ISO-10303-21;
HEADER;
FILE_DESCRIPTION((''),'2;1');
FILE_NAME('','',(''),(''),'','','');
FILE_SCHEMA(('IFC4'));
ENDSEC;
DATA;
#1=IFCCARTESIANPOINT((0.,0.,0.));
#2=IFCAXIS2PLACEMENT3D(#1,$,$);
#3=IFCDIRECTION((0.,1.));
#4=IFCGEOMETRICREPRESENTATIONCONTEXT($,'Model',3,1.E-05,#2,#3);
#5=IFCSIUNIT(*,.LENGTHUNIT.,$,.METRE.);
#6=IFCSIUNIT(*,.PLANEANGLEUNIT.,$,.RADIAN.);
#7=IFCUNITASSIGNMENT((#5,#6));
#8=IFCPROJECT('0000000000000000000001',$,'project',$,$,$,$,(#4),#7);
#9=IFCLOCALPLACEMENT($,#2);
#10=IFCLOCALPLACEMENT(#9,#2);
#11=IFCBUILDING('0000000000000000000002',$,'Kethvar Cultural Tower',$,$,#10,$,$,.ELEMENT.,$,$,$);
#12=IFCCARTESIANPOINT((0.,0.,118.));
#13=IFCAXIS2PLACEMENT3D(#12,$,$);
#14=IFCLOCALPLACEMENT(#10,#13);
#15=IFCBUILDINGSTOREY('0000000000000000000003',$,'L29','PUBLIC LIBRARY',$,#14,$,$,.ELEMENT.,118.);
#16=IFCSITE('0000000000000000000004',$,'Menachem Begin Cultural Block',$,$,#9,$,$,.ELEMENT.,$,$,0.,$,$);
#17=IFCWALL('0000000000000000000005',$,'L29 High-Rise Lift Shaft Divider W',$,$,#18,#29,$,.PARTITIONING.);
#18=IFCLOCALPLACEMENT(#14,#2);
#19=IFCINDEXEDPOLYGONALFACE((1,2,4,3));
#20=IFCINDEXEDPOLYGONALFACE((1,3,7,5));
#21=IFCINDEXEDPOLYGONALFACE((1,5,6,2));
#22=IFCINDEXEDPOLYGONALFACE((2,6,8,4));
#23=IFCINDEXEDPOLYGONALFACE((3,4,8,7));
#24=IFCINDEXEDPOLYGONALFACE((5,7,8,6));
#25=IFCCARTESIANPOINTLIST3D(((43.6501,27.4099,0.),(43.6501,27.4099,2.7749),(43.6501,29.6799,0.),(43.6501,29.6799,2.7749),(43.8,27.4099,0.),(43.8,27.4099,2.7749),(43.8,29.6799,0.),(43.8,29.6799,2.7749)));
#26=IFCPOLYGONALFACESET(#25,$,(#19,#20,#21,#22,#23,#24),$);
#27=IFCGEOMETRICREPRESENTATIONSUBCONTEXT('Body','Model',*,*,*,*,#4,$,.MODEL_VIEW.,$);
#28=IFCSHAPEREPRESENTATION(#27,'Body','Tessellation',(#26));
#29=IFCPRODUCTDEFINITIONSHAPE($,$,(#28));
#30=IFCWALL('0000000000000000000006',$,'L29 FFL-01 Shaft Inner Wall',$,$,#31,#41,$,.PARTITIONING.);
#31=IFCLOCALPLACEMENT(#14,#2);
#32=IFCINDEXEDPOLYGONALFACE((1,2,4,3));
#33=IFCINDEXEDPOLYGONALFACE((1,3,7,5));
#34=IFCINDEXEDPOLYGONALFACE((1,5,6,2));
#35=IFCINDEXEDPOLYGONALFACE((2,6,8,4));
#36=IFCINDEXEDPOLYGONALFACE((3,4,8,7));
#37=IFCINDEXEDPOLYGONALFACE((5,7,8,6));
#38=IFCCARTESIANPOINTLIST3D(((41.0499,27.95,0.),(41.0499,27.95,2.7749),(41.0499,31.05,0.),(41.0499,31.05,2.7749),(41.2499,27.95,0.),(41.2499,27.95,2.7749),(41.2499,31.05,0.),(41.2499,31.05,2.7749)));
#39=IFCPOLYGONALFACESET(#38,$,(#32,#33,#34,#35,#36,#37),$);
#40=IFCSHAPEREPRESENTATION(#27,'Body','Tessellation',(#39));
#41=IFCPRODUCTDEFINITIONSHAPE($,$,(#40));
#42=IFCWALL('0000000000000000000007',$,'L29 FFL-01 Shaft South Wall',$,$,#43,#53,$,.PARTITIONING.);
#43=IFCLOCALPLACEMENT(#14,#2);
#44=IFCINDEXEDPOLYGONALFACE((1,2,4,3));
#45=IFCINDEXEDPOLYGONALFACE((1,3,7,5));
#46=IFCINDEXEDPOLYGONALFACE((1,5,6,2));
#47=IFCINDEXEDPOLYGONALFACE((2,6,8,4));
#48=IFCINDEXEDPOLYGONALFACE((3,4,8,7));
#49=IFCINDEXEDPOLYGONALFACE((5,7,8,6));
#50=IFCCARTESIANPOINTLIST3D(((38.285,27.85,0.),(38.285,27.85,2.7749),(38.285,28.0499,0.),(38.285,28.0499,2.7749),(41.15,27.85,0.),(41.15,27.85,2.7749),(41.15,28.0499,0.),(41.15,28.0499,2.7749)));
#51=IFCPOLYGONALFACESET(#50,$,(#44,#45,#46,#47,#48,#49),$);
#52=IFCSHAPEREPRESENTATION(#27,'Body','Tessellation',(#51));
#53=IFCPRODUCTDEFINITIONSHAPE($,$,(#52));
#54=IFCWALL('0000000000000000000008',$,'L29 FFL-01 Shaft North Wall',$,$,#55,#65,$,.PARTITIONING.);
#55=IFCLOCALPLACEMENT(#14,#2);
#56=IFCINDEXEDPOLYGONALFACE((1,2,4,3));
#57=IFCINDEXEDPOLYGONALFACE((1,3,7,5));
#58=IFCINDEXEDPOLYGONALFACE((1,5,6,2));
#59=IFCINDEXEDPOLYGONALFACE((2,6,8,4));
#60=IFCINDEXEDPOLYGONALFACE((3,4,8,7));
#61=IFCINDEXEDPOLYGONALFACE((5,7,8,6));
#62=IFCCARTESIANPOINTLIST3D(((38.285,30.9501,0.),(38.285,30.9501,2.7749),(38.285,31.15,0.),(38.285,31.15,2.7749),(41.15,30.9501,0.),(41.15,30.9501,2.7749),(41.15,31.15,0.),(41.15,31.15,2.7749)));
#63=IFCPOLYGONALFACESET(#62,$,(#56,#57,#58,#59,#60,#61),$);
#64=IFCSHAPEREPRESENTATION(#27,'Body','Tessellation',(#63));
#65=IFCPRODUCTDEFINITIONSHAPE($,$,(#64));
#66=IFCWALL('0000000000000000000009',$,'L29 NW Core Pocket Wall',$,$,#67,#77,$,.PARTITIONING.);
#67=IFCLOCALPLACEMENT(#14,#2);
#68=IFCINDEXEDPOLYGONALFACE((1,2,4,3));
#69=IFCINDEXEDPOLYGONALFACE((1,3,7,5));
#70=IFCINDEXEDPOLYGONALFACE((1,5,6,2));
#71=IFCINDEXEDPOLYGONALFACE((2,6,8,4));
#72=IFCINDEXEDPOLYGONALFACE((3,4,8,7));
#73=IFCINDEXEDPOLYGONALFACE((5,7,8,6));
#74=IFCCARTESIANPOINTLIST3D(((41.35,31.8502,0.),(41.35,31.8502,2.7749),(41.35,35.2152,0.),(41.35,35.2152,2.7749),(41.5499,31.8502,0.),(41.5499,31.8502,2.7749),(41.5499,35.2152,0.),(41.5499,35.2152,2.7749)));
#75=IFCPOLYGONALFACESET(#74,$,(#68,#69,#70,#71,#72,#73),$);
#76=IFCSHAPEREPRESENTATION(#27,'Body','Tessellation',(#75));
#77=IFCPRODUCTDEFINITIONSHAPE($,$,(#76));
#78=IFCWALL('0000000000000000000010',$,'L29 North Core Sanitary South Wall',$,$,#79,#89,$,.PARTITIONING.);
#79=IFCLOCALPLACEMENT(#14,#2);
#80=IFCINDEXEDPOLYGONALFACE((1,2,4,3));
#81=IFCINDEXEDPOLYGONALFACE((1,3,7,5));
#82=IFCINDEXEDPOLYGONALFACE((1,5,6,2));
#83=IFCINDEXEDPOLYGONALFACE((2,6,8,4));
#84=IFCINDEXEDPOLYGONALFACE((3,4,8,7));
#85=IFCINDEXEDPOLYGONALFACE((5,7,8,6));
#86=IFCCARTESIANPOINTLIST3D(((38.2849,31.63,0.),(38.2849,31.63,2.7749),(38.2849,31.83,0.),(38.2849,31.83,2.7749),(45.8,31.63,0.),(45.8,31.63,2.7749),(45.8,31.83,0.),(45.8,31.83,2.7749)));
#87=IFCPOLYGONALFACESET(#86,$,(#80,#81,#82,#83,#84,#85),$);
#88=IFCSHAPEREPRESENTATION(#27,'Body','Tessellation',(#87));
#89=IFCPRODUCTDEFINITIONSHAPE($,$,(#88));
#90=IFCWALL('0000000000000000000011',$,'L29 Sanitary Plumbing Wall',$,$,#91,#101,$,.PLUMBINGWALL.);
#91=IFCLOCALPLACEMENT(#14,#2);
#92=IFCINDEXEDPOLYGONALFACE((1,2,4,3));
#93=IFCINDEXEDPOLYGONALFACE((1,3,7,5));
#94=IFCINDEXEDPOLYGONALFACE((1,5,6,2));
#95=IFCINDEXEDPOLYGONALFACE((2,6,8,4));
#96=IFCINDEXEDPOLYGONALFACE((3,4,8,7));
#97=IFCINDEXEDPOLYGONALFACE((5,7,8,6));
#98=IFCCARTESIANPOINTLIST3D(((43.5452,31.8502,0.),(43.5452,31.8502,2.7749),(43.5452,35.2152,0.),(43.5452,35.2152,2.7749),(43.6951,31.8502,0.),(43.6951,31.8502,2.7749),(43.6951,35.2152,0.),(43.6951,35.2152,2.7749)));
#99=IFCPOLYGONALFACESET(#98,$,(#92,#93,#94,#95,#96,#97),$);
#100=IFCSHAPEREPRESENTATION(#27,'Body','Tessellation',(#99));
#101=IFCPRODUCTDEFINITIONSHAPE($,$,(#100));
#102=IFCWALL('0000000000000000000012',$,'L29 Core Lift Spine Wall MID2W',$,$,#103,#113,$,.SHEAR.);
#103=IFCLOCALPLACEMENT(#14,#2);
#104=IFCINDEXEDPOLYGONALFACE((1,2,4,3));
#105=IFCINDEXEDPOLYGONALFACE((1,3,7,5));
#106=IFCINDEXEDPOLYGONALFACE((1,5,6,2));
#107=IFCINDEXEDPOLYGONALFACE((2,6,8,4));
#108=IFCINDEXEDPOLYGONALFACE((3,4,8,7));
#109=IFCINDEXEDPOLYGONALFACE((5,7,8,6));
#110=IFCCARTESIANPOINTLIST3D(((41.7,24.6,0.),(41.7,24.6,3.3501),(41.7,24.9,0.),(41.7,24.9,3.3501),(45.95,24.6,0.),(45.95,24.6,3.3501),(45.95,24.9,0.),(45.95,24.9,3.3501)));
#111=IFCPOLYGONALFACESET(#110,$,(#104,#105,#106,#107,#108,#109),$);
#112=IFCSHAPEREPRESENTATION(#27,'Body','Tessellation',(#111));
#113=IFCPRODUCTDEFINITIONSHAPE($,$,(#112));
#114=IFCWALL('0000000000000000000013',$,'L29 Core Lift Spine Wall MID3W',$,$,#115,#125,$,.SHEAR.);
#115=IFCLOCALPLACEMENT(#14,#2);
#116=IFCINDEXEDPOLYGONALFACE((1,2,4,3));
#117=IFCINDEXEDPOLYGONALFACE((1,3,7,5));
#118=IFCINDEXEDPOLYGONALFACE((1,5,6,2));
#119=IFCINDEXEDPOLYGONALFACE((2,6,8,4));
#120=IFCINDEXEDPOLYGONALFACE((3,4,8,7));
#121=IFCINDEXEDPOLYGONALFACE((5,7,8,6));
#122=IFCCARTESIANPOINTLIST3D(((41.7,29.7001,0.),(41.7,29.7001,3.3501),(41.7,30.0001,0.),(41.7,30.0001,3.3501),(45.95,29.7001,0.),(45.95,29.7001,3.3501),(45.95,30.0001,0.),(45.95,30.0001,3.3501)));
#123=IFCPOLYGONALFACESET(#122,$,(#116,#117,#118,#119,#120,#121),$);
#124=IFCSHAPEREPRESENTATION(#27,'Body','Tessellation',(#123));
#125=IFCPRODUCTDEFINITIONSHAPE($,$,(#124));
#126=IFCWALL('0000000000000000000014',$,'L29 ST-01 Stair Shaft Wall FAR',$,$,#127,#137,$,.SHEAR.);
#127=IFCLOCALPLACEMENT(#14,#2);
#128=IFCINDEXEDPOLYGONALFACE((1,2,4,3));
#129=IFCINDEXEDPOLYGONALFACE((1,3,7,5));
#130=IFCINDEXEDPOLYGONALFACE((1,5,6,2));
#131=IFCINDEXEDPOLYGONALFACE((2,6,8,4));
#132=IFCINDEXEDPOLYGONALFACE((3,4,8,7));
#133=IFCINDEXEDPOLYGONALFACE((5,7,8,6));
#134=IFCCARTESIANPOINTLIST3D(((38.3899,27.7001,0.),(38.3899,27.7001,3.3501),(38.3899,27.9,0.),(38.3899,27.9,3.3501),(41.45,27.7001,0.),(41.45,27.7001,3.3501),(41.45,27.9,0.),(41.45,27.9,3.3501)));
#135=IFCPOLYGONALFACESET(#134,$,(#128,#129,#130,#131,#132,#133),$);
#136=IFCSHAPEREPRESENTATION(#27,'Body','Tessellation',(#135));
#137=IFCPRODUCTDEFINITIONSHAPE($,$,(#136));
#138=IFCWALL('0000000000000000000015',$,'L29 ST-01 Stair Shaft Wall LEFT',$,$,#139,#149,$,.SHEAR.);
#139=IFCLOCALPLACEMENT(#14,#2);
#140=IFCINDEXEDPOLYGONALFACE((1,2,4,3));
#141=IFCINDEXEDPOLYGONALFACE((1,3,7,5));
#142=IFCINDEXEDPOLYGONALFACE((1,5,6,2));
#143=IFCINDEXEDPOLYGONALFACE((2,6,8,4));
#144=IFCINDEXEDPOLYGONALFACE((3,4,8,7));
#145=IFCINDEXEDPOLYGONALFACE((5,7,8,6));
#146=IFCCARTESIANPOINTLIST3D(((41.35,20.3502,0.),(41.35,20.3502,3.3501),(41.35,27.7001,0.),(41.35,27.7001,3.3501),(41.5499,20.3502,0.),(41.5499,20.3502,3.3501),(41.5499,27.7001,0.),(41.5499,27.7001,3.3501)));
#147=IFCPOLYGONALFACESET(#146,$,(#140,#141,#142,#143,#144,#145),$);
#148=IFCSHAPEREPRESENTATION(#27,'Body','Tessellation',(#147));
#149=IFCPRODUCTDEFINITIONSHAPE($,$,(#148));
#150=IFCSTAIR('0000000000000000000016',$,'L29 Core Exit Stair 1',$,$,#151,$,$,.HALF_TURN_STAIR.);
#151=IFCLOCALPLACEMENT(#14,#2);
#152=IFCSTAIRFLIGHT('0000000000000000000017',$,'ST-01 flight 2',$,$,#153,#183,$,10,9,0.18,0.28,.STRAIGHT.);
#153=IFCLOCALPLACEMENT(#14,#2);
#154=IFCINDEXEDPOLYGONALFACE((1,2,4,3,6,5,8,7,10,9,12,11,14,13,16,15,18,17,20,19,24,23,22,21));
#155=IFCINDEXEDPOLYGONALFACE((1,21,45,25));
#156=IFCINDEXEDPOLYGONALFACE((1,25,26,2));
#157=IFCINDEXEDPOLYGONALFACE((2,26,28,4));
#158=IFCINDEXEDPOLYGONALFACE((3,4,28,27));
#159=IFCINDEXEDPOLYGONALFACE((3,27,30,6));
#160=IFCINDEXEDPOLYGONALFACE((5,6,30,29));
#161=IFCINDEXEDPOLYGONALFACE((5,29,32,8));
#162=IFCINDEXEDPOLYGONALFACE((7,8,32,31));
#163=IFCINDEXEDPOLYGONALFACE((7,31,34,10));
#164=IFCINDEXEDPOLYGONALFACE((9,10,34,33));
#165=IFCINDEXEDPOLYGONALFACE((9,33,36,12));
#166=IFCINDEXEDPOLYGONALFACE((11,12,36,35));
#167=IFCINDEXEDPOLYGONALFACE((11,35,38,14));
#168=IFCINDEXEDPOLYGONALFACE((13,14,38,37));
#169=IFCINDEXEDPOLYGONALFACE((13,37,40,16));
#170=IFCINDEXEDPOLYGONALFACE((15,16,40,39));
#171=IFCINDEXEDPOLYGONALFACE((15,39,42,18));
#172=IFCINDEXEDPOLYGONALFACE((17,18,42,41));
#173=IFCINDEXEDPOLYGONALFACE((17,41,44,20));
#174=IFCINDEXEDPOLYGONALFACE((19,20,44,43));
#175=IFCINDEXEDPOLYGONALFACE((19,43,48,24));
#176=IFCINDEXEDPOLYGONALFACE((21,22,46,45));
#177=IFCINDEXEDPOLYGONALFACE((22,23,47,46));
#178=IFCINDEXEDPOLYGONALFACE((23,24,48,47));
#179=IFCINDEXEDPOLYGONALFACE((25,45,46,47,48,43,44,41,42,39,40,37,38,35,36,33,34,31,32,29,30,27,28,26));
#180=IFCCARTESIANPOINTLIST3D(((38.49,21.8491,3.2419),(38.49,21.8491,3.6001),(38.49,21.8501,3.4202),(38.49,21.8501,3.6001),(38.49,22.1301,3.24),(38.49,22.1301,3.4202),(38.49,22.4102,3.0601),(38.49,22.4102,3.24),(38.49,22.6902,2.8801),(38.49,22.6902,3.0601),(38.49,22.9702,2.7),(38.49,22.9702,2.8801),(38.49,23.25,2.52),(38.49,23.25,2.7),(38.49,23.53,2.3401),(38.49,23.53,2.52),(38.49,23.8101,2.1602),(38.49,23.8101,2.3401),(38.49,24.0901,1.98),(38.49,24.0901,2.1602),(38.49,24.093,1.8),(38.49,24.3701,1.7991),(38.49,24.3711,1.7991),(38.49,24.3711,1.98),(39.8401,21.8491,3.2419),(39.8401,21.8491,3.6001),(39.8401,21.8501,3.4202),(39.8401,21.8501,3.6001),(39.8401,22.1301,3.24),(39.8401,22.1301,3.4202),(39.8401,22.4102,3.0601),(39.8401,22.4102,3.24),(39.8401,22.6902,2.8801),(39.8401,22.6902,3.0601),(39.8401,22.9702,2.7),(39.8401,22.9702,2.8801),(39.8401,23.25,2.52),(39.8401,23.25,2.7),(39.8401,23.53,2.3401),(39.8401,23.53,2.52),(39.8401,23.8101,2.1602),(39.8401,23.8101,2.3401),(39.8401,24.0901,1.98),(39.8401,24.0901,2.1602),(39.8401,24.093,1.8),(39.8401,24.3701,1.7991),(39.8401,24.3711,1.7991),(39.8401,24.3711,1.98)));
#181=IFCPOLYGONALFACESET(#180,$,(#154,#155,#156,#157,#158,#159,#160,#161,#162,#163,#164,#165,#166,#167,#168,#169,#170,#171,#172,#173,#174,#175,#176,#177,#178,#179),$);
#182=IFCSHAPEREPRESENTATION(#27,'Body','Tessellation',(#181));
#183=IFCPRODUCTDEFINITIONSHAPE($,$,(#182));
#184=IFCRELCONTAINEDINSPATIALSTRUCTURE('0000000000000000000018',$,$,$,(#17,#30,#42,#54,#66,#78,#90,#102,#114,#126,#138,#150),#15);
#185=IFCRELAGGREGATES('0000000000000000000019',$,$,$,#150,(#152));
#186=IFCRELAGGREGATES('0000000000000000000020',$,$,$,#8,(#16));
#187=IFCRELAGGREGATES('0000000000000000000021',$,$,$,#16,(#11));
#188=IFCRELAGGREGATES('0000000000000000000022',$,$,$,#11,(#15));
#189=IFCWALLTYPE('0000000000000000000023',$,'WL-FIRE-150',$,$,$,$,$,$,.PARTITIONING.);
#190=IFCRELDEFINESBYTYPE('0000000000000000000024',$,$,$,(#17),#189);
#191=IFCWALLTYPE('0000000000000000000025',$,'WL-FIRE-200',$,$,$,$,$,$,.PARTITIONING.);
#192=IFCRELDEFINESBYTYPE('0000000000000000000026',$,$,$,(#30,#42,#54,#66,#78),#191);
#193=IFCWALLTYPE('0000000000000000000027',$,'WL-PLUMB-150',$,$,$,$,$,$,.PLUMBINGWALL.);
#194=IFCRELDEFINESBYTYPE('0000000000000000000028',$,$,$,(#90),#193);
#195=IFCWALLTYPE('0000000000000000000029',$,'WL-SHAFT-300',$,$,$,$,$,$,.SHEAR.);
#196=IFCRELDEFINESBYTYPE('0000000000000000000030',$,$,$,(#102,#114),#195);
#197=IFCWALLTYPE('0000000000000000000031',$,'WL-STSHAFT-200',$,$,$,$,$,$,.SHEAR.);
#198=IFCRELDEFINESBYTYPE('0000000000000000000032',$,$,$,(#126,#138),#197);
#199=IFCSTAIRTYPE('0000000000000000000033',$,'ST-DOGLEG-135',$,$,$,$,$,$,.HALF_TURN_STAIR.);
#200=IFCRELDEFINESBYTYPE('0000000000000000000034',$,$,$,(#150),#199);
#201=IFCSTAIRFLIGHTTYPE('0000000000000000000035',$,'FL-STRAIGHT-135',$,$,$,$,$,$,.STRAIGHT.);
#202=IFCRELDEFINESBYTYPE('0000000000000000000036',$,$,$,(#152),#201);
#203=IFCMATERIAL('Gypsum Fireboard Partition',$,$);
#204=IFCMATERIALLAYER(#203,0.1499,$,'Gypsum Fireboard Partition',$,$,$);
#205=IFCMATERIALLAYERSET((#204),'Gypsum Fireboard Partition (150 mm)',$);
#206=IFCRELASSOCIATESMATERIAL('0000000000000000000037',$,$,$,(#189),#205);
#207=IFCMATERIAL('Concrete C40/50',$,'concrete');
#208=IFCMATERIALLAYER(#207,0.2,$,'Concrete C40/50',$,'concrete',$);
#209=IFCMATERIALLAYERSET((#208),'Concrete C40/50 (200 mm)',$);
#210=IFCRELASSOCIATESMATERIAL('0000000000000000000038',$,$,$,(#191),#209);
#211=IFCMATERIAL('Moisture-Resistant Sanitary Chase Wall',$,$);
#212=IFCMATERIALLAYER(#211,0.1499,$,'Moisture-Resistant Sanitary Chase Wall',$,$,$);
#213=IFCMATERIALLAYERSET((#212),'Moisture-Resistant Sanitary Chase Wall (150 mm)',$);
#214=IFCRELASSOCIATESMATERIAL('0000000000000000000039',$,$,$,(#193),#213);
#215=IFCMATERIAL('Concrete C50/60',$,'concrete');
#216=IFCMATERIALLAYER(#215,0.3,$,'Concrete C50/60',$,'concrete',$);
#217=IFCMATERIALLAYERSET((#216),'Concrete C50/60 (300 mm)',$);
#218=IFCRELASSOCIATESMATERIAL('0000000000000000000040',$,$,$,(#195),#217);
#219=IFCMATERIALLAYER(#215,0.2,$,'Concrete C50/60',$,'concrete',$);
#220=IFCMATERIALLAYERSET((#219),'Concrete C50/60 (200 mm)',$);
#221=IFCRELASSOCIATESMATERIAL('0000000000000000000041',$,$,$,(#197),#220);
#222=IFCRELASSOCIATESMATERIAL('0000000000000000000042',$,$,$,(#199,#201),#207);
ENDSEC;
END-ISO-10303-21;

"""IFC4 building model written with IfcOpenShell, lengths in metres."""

from ifc_helpers import new_model, si_unit, direction, frame, frame_2d, origin, place, context, subcontext, project, spatial, polyline, rectangle, outline, extrude, material, layer, layer_set, type_object, element, aggregate, save


model = new_model("IFC4")

# Units and contexts
model_context = context("Model", 3, precision=1e-05, world=origin(), true_north=direction((0.0, 1.0)))
body_context = subcontext(model_context, "Body", "Model", "MODEL_VIEW")
ifc_project = project(units=[si_unit("LENGTHUNIT", "METRE"), si_unit("PLANEANGLEUNIT", "RADIAN")], contexts=[model_context])

# Site, building, storey
site_placement = place(None, origin())
site = spatial("IfcSite", under=ifc_project, at=site_placement, Name="Menachem Begin Cultural Block", CompositionType="ELEMENT", RefElevation=0.0)
building_placement = place(site_placement, origin())
building = spatial("IfcBuilding", under=site, at=building_placement, Name="Kethvar Cultural Tower", CompositionType="ELEMENT")
storey_placement = place(building_placement, frame((0.0, 0.0, 118.0)))
storey = spatial("IfcBuildingStorey", under=building, at=storey_placement, Name="L29", Description="PUBLIC LIBRARY", CompositionType="ELEMENT", Elevation=118.0)

# Walls
ifc_material_1 = material(Name="Gypsum Fireboard Partition")
ifc_layer_1 = layer(ifc_material_1, 0.1499, Name="Gypsum Fireboard Partition")
ifc_layer_set_1 = layer_set([ifc_layer_1], Name="Gypsum Fireboard Partition (150 mm)")
wall_type_1 = type_object("IfcWallType", Name="WL-FIRE-150", PredefinedType="PARTITIONING", material=ifc_layer_set_1)
for number, where, z_axis, x_axis, name in (
    (1, (43.7251, 27.4099, 0.0), (0.0, 0.0, 1.0), (0.0, 1.0, 0.0), "L29 High-Rise Lift Shaft Divider W"),
):
    element("IfcWall", number, at=place(storey_placement, frame(where, z_axis=z_axis, x_axis=x_axis)), inside=storey, type_object=wall_type_1, Name=name, PredefinedType="PARTITIONING", context=body_context, shape_type="SweptSolid", body=[
        extrude(rectangle(XDim=2.27, YDim=0.1499, at=frame_2d((1.135, 0.0))), origin(), (0.0, 0.0, 1.0), 2.7749),
    ])
ifc_material_2 = material(Name="Concrete C40/50", Category="concrete")
ifc_layer_2 = layer(ifc_material_2, 0.2, Name="Concrete C40/50", Category="concrete")
ifc_layer_set_2 = layer_set([ifc_layer_2], Name="Concrete C40/50 (200 mm)")
wall_type_2 = type_object("IfcWallType", Name="WL-FIRE-200", PredefinedType="PARTITIONING", material=ifc_layer_set_2)
wall_1_placement = place(storey_placement, frame((41.1499, 27.95, 0.0), z_axis=(0.0, 0.0, 1.0), x_axis=(0.0, 1.0, 0.0)))
element("IfcWall", 2, at=wall_1_placement, inside=storey, type_object=wall_type_2, Name="L29 FFL-01 Shaft Inner Wall", PredefinedType="PARTITIONING", context=body_context, shape_type="SweptSolid", body=[
    extrude(rectangle(XDim=3.1001, YDim=0.2, at=frame_2d((1.55, 0.0))), origin(), (0.0, 0.0, 1.0), 2.7749),
])
for number, where, z_axis, x_axis, name in (
    (3, (38.2849, 27.95, 0.0), (0.0, 0.0, 1.0), (1.0, 0.0, 0.0), "L29 FFL-01 Shaft South Wall"),
    (4, (38.2849, 31.05, 0.0), (0.0, 0.0, 1.0), (1.0, 0.0, 0.0), "L29 FFL-01 Shaft North Wall"),
):
    element("IfcWall", number, at=place(storey_placement, frame(where, z_axis=z_axis, x_axis=x_axis)), inside=storey, type_object=wall_type_2, Name=name, PredefinedType="PARTITIONING", context=body_context, shape_type="SweptSolid", body=[
        extrude(rectangle(XDim=2.865, YDim=0.2, at=frame_2d((1.4326, 0.0))), origin(), (0.0, 0.0, 1.0), 2.7749),
    ])
wall_2_placement = place(storey_placement, frame((41.45, 31.8501, 0.0), z_axis=(0.0, 0.0, 1.0), x_axis=(0.0, 1.0, 0.0)))
element("IfcWall", 5, at=wall_2_placement, inside=storey, type_object=wall_type_2, Name="L29 NW Core Pocket Wall", PredefinedType="PARTITIONING", context=body_context, shape_type="SweptSolid", body=[
    extrude(rectangle(XDim=3.365, YDim=0.2, at=frame_2d((1.6826, 0.0))), origin(), (0.0, 0.0, 1.0), 2.7749),
])
wall_3_placement = place(storey_placement, frame((38.2849, 31.73, 0.0), z_axis=(0.0, 0.0, 1.0), x_axis=(1.0, 0.0, 0.0)))
element("IfcWall", 6, at=wall_3_placement, inside=storey, type_object=wall_type_2, Name="L29 North Core Sanitary South Wall", PredefinedType="PARTITIONING", context=body_context, shape_type="SweptSolid", body=[
    extrude(rectangle(XDim=7.5151, YDim=0.2, at=frame_2d((3.7576, 0.0))), origin(), (0.0, 0.0, 1.0), 2.7749),
])
ifc_material_3 = material(Name="Moisture-Resistant Sanitary Chase Wall")
ifc_layer_3 = layer(ifc_material_3, 0.1499, Name="Moisture-Resistant Sanitary Chase Wall")
ifc_layer_set_3 = layer_set([ifc_layer_3], Name="Moisture-Resistant Sanitary Chase Wall (150 mm)")
wall_type_3 = type_object("IfcWallType", Name="WL-PLUMB-150", PredefinedType="PLUMBINGWALL", material=ifc_layer_set_3)
wall_4_placement = place(storey_placement, frame((43.6201, 31.8501, 0.0), z_axis=(0.0, 0.0, 1.0), x_axis=(0.0, 1.0, 0.0)))
element("IfcWall", 7, at=wall_4_placement, inside=storey, type_object=wall_type_3, Name="L29 Sanitary Plumbing Wall", PredefinedType="PLUMBINGWALL", context=body_context, shape_type="SweptSolid", body=[
    extrude(rectangle(XDim=3.365, YDim=0.1499, at=frame_2d((1.6826, 0.0))), origin(), (0.0, 0.0, 1.0), 2.7749),
])
ifc_material_4 = material(Name="Concrete C50/60", Category="concrete")
ifc_layer_4 = layer(ifc_material_4, 0.3, Name="Concrete C50/60", Category="concrete")
ifc_layer_set_4 = layer_set([ifc_layer_4], Name="Concrete C50/60 (300 mm)")
wall_type_4 = type_object("IfcWallType", Name="WL-SHAFT-300", PredefinedType="SHEAR", material=ifc_layer_set_4)
for number, where, z_axis, x_axis, name in (
    (8, (41.7, 24.75, 0.0), (0.0, 0.0, 1.0), (1.0, 0.0, 0.0), "L29 Core Lift Spine Wall MID2W"),
    (9, (41.7, 29.8501, 0.0), (0.0, 0.0, 1.0), (1.0, 0.0, 0.0), "L29 Core Lift Spine Wall MID3W"),
):
    element("IfcWall", number, at=place(storey_placement, frame(where, z_axis=z_axis, x_axis=x_axis)), inside=storey, type_object=wall_type_4, Name=name, PredefinedType="SHEAR", context=body_context, shape_type="SweptSolid", body=[
        extrude(rectangle(XDim=4.25, YDim=0.3, at=frame_2d((2.125, 0.0))), origin(), (0.0, 0.0, 1.0), 3.3501),
    ])
ifc_layer_5 = layer(ifc_material_4, 0.2, Name="Concrete C50/60", Category="concrete")
ifc_layer_set_5 = layer_set([ifc_layer_5], Name="Concrete C50/60 (200 mm)")
wall_type_5 = type_object("IfcWallType", Name="WL-STSHAFT-200", PredefinedType="SHEAR", material=ifc_layer_set_5)
wall_5_placement = place(storey_placement, frame((38.3899, 27.8, 0.0), z_axis=(0.0, 0.0, 1.0), x_axis=(1.0, 0.0, 0.0)))
element("IfcWall", 10, at=wall_5_placement, inside=storey, type_object=wall_type_5, Name="L29 ST-01 Stair Shaft Wall FAR", PredefinedType="SHEAR", context=body_context, shape_type="SweptSolid", body=[
    extrude(rectangle(XDim=3.0601, YDim=0.2, at=frame_2d((1.53, 0.0))), origin(), (0.0, 0.0, 1.0), 3.3501),
])
wall_6_placement = place(storey_placement, frame((41.45, 27.7, 0.0), z_axis=(0.0, 0.0, 1.0), x_axis=(0.0, -1.0, 0.0)))
element("IfcWall", 11, at=wall_6_placement, inside=storey, type_object=wall_type_5, Name="L29 ST-01 Stair Shaft Wall LEFT", PredefinedType="SHEAR", context=body_context, shape_type="SweptSolid", body=[
    extrude(rectangle(XDim=7.3499, YDim=0.2, at=frame_2d((3.6748, 0.0))), origin(), (0.0, 0.0, 1.0), 3.3501),
])

# Stair, stair flight
stair_type = type_object("IfcStairType", Name="ST-DOGLEG-135", PredefinedType="HALF_TURN_STAIR", material=ifc_material_2)
stair_placement = place(storey_placement, origin())
stair = element("IfcStair", 12, at=stair_placement, inside=storey, type_object=stair_type, Name="L29 Core Exit Stair 1", PredefinedType="HALF_TURN_STAIR")
stair_flight_type = type_object("IfcStairFlightType", Name="FL-STRAIGHT-135", PredefinedType="STRAIGHT", material=ifc_material_2)
stair_flight_placement = place(storey_placement, frame((39.165, 24.3701, 1.8), z_axis=(0.0, 0.0, 1.0), x_axis=(0.0, -1.0, 0.0)))
stair_flight = element("IfcStairFlight", 13, at=stair_flight_placement, type_object=stair_flight_type, Name="ST-01 flight 2", NumberOfRisers=10, NumberOfTreads=9, PredefinedType="STRAIGHT", RiserHeight=0.18, TreadLength=0.28, context=body_context, shape_type="SweptSolid", body=[
    extrude(outline(polyline([(-0.001, -0.001), (-0.001, 0.1799), (0.28, 0.1799), (0.28, 0.3601), (0.5601, 0.3601), (0.5601, 0.54), (0.8401, 0.54), (0.8401, 0.72), (1.1201, 0.72), (1.1201, 0.8999), (1.3999, 0.8999), (1.3999, 1.0801), (1.6799, 1.0801), (1.6799, 1.26), (1.96, 1.26), (1.96, 1.4399), (2.24, 1.4399), (2.24, 1.6201), (2.52, 1.6201), (2.52, 1.8), (2.521, 1.8), (2.521, 1.4419), (0.2771, 0.0), (0.0, -0.001), (-0.001, -0.001)])), frame((0.0, 0.675, 0.0), z_axis=(0.0, -1.0, 0.0), x_axis=(1.0, 0.0, 0.0)), (0.0, 0.0, 1.0), 1.3501),
])
aggregate(stair, [stair_flight])

save(model, "model.ifc")
